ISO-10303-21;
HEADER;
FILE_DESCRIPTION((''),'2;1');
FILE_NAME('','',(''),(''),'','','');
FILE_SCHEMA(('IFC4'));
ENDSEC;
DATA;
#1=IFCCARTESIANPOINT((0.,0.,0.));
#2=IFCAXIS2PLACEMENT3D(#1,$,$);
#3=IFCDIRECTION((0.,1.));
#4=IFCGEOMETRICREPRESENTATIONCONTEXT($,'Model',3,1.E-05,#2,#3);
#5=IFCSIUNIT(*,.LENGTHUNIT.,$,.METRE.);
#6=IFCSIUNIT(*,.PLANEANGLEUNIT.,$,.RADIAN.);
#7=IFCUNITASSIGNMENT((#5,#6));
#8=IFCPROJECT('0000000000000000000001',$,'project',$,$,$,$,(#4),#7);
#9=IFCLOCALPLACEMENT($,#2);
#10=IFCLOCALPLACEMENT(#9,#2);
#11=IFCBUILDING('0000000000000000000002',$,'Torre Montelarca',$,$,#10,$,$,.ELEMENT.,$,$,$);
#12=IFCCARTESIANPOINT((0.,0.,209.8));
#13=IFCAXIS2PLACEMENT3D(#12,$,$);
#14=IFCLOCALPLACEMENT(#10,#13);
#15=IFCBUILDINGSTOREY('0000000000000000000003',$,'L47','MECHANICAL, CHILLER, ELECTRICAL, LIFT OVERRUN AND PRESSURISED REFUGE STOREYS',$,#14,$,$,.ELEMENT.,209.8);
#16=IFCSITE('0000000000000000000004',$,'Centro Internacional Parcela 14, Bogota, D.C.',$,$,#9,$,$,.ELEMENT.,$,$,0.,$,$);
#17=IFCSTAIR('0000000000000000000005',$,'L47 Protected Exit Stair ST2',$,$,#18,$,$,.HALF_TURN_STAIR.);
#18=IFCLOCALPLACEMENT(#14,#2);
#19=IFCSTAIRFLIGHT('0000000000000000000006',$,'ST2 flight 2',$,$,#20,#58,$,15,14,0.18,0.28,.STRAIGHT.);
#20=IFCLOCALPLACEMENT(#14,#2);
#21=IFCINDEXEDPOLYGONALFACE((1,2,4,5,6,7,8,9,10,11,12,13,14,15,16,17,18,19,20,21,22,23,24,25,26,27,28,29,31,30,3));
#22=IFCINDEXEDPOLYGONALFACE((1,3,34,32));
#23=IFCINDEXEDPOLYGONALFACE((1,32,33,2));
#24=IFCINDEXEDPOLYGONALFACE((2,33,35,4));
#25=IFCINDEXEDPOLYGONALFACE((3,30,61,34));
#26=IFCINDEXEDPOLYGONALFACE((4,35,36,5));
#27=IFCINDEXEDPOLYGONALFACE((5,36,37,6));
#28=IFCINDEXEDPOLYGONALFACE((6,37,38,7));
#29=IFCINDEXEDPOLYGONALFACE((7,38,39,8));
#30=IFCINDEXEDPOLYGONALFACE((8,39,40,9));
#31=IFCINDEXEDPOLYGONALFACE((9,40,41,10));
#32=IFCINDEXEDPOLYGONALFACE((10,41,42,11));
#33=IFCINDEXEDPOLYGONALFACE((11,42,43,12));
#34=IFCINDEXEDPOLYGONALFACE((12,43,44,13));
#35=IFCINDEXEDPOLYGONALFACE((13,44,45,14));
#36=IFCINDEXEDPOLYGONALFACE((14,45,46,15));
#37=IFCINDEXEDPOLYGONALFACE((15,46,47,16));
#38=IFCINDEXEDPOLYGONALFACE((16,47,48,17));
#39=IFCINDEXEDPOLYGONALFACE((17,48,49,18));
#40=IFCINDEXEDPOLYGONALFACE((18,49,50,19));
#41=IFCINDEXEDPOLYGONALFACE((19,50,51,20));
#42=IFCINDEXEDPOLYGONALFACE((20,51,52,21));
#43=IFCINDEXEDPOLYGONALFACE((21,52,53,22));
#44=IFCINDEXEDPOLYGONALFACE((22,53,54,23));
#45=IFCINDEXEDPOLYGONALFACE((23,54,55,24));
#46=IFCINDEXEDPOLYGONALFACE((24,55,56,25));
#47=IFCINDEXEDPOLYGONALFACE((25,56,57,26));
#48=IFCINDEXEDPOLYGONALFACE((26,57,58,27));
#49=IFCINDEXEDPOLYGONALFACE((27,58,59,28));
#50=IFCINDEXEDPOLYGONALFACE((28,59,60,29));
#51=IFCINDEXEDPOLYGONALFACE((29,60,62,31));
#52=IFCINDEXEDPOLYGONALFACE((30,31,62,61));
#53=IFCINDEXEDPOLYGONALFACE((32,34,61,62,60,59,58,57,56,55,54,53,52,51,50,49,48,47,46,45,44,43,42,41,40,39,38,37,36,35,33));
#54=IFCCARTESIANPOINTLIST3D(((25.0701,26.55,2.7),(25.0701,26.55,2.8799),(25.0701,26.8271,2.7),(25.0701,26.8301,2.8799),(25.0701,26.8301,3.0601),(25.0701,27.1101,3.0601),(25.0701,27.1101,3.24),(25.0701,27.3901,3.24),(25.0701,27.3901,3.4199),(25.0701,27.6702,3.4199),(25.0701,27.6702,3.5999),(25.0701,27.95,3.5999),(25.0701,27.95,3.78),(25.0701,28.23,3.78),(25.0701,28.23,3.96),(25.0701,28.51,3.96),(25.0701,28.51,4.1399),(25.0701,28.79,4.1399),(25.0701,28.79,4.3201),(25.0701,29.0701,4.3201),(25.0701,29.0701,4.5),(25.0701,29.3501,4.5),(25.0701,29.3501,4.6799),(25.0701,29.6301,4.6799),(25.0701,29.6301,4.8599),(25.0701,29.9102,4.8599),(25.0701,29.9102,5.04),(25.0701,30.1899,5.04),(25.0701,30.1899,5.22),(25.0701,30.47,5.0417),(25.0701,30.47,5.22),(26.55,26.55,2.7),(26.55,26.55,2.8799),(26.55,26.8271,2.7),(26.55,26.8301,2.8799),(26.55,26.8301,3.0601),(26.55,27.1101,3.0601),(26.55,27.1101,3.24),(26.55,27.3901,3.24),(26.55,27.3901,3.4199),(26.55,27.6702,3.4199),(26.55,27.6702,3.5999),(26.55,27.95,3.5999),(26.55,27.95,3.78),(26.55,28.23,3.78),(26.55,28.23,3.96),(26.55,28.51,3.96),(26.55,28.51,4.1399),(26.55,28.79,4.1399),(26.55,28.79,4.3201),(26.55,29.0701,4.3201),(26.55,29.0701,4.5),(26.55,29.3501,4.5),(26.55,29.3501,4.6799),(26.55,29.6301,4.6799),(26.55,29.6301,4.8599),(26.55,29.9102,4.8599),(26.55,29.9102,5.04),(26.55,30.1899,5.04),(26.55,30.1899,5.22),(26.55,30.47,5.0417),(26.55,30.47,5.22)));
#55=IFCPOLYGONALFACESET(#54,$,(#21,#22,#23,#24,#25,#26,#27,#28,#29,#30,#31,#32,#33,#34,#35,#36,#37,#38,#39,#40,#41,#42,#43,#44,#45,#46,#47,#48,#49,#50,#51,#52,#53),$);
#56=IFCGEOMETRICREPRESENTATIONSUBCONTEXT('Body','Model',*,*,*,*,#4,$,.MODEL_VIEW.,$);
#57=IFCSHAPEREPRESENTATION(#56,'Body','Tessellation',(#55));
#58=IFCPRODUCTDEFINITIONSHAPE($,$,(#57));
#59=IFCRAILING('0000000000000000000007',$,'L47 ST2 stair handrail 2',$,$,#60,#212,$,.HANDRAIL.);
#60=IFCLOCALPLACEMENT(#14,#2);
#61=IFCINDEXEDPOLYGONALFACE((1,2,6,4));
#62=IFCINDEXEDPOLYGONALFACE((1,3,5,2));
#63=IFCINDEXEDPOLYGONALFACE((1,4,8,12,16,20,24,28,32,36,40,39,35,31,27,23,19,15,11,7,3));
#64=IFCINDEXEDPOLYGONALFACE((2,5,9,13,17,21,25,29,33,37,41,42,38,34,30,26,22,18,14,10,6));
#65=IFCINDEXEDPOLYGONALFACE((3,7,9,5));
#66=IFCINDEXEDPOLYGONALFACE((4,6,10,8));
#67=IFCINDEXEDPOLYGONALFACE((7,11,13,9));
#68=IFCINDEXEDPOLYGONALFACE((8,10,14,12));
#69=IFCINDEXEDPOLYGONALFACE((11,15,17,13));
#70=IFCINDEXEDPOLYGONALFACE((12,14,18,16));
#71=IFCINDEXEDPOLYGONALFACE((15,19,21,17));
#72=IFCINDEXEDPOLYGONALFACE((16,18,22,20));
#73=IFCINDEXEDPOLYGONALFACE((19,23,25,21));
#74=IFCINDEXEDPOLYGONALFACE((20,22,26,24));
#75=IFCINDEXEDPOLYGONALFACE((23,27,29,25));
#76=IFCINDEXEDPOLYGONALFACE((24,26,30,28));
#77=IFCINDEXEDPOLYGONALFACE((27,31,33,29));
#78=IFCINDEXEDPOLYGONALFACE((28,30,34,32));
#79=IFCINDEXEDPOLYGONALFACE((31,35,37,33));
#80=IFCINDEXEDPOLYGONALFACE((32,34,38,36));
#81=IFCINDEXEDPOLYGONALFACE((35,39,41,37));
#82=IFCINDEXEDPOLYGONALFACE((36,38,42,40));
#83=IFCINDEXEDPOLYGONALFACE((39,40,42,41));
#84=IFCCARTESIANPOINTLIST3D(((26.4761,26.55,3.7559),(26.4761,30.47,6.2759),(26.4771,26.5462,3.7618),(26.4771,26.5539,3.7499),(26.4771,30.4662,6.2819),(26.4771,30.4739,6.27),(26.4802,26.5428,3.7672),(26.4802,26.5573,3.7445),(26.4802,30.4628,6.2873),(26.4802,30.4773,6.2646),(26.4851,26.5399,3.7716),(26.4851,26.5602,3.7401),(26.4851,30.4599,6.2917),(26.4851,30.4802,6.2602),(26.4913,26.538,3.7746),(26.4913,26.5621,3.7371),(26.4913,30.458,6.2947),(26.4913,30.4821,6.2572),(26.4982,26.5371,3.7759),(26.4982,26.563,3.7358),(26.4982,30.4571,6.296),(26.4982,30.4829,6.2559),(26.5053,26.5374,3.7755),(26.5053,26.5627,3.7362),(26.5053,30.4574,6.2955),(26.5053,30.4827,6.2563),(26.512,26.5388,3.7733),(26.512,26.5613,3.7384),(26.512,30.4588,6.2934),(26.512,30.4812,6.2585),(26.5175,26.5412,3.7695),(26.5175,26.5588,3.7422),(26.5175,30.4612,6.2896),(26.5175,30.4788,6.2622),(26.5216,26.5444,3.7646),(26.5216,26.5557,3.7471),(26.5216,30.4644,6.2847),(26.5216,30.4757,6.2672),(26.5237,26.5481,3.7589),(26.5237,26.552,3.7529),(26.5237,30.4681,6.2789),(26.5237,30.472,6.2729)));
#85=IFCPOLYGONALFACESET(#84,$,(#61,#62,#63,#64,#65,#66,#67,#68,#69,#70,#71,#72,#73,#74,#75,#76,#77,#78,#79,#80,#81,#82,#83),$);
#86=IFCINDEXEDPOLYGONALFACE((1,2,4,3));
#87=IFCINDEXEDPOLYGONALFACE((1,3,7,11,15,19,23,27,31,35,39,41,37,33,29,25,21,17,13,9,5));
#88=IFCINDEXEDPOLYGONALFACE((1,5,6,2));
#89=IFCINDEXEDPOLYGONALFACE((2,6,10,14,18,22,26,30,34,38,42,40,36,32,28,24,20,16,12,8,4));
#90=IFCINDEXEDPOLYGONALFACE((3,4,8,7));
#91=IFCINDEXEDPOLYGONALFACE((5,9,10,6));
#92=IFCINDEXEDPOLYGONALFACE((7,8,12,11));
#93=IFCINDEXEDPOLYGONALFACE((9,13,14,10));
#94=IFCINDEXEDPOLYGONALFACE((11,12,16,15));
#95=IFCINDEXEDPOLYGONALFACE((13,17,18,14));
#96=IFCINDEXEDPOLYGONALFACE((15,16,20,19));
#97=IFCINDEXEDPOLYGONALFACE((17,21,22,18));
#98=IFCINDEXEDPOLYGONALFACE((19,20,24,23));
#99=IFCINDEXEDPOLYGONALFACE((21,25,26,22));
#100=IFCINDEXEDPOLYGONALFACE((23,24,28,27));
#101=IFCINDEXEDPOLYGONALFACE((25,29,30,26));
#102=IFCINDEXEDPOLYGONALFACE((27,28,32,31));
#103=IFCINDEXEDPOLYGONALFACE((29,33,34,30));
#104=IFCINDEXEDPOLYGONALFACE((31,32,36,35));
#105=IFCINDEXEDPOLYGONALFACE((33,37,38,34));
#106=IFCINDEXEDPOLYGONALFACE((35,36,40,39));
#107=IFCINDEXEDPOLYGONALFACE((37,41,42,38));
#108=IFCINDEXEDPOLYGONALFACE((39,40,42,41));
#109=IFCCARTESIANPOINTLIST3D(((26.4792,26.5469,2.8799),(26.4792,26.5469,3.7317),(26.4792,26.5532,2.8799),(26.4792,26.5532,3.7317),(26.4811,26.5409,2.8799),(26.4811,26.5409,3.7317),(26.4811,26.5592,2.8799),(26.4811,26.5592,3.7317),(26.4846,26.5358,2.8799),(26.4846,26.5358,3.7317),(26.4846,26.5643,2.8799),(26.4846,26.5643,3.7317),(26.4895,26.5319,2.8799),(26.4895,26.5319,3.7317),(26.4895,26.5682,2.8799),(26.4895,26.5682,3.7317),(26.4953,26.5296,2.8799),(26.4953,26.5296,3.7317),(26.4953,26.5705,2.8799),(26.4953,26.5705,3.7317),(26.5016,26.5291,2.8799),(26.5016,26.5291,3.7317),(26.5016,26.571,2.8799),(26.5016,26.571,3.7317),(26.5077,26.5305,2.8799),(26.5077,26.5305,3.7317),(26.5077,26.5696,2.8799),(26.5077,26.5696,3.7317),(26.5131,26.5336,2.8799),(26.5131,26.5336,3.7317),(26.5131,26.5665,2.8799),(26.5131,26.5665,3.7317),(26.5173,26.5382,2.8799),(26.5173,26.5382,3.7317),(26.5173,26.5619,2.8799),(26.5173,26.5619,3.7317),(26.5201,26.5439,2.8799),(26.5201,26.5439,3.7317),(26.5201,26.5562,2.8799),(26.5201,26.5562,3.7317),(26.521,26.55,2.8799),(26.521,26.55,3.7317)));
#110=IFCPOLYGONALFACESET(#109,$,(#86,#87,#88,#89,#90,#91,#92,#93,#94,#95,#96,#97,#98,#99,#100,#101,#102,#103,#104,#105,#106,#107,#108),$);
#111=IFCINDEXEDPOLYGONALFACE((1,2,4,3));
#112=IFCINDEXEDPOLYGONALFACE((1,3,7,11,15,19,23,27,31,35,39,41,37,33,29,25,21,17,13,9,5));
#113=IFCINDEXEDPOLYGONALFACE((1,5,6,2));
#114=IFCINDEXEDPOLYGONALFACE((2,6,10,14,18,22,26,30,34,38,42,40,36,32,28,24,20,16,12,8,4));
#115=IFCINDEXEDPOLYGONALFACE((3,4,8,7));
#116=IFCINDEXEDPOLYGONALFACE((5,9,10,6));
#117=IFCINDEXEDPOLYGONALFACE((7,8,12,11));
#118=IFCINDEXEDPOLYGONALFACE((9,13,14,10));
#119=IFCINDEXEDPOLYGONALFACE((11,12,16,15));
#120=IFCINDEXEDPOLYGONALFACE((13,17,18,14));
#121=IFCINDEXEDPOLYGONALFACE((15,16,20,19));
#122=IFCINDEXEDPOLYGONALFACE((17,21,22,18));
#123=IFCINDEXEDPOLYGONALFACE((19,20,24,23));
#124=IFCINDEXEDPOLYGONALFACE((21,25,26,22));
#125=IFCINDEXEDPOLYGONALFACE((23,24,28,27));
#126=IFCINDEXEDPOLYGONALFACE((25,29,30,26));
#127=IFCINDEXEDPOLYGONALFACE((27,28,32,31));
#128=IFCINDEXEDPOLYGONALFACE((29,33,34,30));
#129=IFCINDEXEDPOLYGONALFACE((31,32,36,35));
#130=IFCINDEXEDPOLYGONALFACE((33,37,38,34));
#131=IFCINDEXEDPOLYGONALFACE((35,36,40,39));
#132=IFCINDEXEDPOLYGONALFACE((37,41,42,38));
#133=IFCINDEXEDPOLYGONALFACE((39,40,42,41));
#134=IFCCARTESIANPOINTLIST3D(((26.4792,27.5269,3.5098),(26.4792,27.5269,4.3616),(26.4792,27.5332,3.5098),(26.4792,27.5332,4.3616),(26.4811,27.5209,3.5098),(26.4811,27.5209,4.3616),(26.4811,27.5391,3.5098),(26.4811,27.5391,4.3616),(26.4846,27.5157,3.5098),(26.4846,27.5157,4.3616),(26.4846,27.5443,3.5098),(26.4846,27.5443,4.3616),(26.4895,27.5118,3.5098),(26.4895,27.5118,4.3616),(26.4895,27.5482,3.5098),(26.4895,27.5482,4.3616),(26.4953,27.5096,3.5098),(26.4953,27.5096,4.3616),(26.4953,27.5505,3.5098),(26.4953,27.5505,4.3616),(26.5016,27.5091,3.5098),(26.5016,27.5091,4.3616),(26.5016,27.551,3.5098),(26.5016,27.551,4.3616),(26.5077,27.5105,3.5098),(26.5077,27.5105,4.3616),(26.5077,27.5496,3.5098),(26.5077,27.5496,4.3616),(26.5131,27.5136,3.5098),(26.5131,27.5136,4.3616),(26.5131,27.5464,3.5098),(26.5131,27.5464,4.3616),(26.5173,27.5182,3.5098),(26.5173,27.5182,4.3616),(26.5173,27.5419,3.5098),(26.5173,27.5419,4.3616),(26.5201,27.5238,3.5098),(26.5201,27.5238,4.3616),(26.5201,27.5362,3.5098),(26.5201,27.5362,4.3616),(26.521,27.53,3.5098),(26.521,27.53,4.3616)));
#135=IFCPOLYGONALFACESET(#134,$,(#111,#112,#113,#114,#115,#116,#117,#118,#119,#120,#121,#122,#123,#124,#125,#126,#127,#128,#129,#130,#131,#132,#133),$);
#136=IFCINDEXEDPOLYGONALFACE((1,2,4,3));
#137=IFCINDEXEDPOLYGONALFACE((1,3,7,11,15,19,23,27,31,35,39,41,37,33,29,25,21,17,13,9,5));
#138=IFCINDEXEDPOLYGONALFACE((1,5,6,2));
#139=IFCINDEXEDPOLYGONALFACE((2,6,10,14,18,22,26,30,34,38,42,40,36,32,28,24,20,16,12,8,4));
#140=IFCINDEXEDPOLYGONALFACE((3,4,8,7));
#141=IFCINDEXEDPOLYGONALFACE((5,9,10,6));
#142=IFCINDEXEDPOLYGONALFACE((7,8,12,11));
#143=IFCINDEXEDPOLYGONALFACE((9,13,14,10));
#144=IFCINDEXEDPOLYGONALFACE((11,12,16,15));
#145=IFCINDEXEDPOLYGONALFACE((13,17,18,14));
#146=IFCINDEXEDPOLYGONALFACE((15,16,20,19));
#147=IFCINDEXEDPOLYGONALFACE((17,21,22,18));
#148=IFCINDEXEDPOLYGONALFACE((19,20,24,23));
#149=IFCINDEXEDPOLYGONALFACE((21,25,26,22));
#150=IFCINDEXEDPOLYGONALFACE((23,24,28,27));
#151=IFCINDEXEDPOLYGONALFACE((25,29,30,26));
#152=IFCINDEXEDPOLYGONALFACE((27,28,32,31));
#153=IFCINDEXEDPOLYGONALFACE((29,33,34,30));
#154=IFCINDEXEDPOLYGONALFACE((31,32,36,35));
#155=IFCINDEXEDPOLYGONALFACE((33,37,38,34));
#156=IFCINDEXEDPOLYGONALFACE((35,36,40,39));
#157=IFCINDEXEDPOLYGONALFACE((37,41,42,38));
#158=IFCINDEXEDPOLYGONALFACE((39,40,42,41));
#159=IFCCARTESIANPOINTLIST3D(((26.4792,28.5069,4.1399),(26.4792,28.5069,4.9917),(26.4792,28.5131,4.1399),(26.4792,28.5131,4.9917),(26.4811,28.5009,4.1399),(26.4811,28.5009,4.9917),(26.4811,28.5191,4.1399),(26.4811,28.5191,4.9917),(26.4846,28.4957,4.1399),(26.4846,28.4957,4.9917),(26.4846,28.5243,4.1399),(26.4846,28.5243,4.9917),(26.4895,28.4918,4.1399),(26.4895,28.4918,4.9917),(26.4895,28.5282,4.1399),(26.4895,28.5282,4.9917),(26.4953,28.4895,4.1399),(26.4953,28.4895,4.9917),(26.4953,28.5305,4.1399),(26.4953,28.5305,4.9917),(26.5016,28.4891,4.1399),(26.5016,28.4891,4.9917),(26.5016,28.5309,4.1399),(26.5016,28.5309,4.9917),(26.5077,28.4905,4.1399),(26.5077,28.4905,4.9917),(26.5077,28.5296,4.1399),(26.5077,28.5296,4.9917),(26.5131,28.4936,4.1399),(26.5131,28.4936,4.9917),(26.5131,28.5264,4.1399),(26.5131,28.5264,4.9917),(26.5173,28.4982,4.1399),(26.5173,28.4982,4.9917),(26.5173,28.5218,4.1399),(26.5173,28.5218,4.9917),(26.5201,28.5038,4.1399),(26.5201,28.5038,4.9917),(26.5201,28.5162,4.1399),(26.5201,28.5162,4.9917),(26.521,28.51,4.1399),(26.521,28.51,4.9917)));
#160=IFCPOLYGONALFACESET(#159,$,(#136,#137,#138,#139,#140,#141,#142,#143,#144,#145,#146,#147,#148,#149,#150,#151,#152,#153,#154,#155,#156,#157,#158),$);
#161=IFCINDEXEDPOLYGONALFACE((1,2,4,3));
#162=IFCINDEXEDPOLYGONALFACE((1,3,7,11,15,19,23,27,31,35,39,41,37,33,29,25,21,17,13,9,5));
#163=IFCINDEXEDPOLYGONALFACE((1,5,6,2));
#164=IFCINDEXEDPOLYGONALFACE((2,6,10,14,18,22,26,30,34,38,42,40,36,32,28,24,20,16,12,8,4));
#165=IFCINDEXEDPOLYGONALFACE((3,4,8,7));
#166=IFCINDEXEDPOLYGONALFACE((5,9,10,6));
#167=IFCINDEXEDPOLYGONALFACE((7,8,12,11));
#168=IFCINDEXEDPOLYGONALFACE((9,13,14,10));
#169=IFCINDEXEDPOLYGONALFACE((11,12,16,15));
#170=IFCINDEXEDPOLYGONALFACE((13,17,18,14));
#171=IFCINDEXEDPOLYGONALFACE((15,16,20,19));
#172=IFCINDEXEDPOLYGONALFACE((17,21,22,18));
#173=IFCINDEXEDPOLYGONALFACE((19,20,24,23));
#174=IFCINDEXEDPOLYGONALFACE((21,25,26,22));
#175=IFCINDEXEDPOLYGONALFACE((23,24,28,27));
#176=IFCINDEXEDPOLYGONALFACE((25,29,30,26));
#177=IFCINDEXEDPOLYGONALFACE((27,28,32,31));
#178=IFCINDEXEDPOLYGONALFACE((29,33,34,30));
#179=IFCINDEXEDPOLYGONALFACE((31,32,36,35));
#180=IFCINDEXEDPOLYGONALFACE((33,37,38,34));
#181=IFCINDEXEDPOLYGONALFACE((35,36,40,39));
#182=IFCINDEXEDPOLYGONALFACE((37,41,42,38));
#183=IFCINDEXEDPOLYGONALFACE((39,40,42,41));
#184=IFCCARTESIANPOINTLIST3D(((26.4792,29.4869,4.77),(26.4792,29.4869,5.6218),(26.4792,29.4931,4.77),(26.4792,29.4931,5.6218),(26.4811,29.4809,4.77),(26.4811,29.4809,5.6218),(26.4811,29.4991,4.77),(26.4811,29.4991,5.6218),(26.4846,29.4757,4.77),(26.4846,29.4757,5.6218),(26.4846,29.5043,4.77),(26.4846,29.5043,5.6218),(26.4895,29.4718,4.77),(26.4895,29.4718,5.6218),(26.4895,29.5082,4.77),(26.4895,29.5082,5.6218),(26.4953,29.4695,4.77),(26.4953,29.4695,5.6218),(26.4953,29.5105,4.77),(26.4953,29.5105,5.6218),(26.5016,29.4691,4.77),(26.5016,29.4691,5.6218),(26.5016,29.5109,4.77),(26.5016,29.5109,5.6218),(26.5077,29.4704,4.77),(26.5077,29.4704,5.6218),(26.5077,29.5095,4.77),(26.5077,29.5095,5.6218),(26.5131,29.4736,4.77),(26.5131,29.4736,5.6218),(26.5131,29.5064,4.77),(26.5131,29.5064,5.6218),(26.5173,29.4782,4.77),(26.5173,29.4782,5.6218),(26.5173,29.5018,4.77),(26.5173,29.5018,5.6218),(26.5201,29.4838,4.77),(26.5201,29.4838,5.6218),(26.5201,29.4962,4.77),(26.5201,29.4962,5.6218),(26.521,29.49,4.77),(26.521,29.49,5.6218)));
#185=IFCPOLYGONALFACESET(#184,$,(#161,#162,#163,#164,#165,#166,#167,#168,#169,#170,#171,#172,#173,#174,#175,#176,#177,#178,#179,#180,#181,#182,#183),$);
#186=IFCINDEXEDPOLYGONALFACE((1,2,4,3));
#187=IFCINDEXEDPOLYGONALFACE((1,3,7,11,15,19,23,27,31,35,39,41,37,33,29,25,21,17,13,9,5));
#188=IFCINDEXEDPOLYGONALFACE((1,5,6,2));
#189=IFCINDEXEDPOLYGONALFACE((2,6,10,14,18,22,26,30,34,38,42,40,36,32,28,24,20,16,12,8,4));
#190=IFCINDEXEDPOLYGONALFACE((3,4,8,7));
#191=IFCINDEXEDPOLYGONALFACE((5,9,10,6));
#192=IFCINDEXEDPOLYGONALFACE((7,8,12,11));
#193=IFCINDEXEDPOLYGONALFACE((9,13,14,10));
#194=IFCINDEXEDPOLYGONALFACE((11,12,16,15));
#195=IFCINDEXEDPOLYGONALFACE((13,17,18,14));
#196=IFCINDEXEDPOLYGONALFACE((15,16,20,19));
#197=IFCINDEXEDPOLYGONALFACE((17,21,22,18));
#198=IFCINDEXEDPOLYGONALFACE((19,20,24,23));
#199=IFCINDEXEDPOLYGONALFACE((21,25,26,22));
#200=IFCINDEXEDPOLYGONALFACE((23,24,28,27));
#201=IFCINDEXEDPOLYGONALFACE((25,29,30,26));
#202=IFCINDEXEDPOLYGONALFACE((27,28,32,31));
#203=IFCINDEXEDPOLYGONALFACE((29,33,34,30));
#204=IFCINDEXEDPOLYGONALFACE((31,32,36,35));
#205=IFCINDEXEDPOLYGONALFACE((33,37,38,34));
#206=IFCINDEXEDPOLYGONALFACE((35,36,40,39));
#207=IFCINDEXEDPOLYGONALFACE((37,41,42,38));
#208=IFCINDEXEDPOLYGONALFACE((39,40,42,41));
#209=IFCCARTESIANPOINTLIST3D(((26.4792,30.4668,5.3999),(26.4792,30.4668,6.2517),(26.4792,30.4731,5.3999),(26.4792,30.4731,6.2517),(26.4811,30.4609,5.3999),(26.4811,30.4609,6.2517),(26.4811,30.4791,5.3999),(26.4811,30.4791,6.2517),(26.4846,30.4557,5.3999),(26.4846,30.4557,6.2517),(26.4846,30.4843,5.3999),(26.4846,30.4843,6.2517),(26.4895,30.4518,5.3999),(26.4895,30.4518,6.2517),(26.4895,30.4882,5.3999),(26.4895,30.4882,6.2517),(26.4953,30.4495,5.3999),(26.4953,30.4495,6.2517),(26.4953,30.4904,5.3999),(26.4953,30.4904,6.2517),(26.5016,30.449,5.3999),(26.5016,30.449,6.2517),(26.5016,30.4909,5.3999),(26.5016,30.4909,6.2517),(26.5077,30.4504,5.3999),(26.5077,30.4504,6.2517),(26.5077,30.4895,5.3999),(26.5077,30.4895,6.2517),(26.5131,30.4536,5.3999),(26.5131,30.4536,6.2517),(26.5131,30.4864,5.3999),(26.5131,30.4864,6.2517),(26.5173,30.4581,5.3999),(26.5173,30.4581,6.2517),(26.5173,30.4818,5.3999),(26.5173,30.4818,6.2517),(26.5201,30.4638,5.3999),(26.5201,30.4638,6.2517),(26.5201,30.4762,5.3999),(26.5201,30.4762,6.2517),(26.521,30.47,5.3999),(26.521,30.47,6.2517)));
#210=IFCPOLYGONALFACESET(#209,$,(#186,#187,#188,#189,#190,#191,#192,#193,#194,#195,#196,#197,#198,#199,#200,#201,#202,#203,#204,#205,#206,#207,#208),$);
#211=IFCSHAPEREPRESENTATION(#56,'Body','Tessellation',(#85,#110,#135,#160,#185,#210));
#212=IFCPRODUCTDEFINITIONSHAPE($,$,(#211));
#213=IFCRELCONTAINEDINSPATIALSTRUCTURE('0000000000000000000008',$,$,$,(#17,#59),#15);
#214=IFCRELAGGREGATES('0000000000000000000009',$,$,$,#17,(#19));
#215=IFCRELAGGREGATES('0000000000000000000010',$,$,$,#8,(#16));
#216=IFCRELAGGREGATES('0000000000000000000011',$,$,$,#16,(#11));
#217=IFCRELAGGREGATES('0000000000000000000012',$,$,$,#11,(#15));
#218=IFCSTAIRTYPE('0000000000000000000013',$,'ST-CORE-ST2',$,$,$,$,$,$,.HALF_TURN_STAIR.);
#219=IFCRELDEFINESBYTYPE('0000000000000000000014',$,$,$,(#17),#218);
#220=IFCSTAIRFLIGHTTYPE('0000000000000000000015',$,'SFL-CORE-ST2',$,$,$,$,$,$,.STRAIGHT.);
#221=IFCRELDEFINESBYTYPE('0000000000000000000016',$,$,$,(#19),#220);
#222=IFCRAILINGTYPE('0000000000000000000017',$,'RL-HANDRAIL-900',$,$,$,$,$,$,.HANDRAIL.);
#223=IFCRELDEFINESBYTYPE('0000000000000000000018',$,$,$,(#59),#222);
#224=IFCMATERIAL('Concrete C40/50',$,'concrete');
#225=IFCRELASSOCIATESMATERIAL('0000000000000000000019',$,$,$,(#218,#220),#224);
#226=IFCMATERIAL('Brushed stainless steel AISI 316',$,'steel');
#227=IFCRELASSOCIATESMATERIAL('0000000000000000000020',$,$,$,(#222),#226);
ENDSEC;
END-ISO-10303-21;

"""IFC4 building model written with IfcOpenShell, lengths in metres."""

from ifc_helpers import new_model, si_unit, direction, frame, origin, origin_2d, place, context, subcontext, project, spatial, polyline, circle, outline, extrude, material, type_object, element, aggregate, save


model = new_model("IFC4")

# Units and contexts
model_context = context("Model", 3, precision=1e-05, world=origin(), true_north=direction((0.0, 1.0)))
body_context = subcontext(model_context, "Body", "Model", "MODEL_VIEW")
ifc_project = project(units=[si_unit("LENGTHUNIT", "METRE"), si_unit("PLANEANGLEUNIT", "RADIAN")], contexts=[model_context])

# Site, building, storey
site_placement = place(None, origin())
site = spatial("IfcSite", under=ifc_project, at=site_placement, Name="Centro Internacional Parcela 14, Bogota, D.C.", CompositionType="ELEMENT", RefElevation=0.0)
building_placement = place(site_placement, origin())
building = spatial("IfcBuilding", under=site, at=building_placement, Name="Torre Montelarca", CompositionType="ELEMENT")
storey_placement = place(building_placement, frame((0.0, 0.0, 209.8)))
storey = spatial("IfcBuildingStorey", under=building, at=storey_placement, Name="L47", Description="MECHANICAL, CHILLER, ELECTRICAL, LIFT OVERRUN AND PRESSURISED REFUGE STOREYS", CompositionType="ELEMENT", Elevation=209.8)

# Stair, stair flight
ifc_material_1 = material(Name="Concrete C40/50", Category="concrete")
stair_type = type_object("IfcStairType", Name="ST-CORE-ST2", PredefinedType="HALF_TURN_STAIR", material=ifc_material_1)
stair_placement = place(storey_placement, origin())
stair = element("IfcStair", 1, at=stair_placement, inside=storey, type_object=stair_type, Name="L47 Protected Exit Stair ST2", PredefinedType="HALF_TURN_STAIR")
stair_flight_type = type_object("IfcStairFlightType", Name="SFL-CORE-ST2", PredefinedType="STRAIGHT", material=ifc_material_1)
stair_flight_placement = place(storey_placement, frame((25.8101, 26.55, 2.7), z_axis=(0.0, 0.0, 1.0), x_axis=(0.0, 1.0, 0.0)))
stair_flight = element("IfcStairFlight", 2, at=stair_flight_placement, type_object=stair_flight_type, Name="ST2 flight 2", NumberOfRisers=15, NumberOfTreads=14, PredefinedType="STRAIGHT", RiserHeight=0.18, TreadLength=0.28, context=body_context, shape_type="SweptSolid", body=[
    extrude(outline(polyline([(0.0, 0.0), (0.0, 0.1799), (0.28, 0.1799), (0.28, 0.3601), (0.5601, 0.3601), (0.5601, 0.54), (0.8401, 0.54), (0.8401, 0.72), (1.1201, 0.72), (1.1201, 0.8999), (1.3999, 0.8999), (1.3999, 1.0801), (1.6799, 1.0801), (1.6799, 1.26), (1.96, 1.26), (1.96, 1.4399), (2.24, 1.4399), (2.24, 1.6201), (2.52, 1.6201), (2.52, 1.8), (2.8, 1.8), (2.8, 1.98), (3.0801, 1.98), (3.0801, 2.1599), (3.3601, 2.1599), (3.3601, 2.3401), (3.6399, 2.3401), (3.6399, 2.52), (3.9199, 2.52), (3.9199, 2.7), (3.9199, 2.3418), (0.2771, 0.0), (0.0, 0.0)])), frame((0.0, 0.74, 0.0), z_axis=(0.0, -1.0, 0.0), x_axis=(1.0, 0.0, 0.0)), (0.0, 0.0, 1.0), 1.48),
])
aggregate(stair, [stair_flight])

# Railing
ifc_material_2 = material(Name="Brushed stainless steel AISI 316", Category="steel")
railing_type = type_object("IfcRailingType", Name="RL-HANDRAIL-900", PredefinedType="HANDRAIL", material=ifc_material_2)
railing_placement = place(storey_placement, frame((26.5, 26.55, 2.8799)))
element("IfcRailing", 3, at=railing_placement, inside=storey, type_object=railing_type, Name="L47 ST2 stair handrail 2", PredefinedType="HANDRAIL", context=body_context, shape_type="SweptSolid", body=[
    extrude(circle(Radius=0.0239, at=origin_2d()), frame((0.0, 0.0, 0.876), z_axis=(0.0, 0.841172, 0.540768), x_axis=(-1.0, 0.0, 0.0)), (0.0, 0.0, 1.0), 4.6602),
    extrude(circle(Radius=0.021, at=origin_2d()), origin(), (0.0, 0.0, 1.0), 0.8518),
    extrude(circle(Radius=0.021, at=origin_2d()), frame((0.0, 0.98, 0.6299)), (0.0, 0.0, 1.0), 0.8518),
    extrude(circle(Radius=0.021, at=origin_2d()), frame((0.0, 1.96, 1.26)), (0.0, 0.0, 1.0), 0.8518),
    extrude(circle(Radius=0.021, at=origin_2d()), frame((0.0, 2.9399, 1.8901)), (0.0, 0.0, 1.0), 0.8518),
    extrude(circle(Radius=0.021, at=origin_2d()), frame((0.0, 3.9199, 2.52)), (0.0, 0.0, 1.0), 0.8518),
])

save(model, "model.ifc")
